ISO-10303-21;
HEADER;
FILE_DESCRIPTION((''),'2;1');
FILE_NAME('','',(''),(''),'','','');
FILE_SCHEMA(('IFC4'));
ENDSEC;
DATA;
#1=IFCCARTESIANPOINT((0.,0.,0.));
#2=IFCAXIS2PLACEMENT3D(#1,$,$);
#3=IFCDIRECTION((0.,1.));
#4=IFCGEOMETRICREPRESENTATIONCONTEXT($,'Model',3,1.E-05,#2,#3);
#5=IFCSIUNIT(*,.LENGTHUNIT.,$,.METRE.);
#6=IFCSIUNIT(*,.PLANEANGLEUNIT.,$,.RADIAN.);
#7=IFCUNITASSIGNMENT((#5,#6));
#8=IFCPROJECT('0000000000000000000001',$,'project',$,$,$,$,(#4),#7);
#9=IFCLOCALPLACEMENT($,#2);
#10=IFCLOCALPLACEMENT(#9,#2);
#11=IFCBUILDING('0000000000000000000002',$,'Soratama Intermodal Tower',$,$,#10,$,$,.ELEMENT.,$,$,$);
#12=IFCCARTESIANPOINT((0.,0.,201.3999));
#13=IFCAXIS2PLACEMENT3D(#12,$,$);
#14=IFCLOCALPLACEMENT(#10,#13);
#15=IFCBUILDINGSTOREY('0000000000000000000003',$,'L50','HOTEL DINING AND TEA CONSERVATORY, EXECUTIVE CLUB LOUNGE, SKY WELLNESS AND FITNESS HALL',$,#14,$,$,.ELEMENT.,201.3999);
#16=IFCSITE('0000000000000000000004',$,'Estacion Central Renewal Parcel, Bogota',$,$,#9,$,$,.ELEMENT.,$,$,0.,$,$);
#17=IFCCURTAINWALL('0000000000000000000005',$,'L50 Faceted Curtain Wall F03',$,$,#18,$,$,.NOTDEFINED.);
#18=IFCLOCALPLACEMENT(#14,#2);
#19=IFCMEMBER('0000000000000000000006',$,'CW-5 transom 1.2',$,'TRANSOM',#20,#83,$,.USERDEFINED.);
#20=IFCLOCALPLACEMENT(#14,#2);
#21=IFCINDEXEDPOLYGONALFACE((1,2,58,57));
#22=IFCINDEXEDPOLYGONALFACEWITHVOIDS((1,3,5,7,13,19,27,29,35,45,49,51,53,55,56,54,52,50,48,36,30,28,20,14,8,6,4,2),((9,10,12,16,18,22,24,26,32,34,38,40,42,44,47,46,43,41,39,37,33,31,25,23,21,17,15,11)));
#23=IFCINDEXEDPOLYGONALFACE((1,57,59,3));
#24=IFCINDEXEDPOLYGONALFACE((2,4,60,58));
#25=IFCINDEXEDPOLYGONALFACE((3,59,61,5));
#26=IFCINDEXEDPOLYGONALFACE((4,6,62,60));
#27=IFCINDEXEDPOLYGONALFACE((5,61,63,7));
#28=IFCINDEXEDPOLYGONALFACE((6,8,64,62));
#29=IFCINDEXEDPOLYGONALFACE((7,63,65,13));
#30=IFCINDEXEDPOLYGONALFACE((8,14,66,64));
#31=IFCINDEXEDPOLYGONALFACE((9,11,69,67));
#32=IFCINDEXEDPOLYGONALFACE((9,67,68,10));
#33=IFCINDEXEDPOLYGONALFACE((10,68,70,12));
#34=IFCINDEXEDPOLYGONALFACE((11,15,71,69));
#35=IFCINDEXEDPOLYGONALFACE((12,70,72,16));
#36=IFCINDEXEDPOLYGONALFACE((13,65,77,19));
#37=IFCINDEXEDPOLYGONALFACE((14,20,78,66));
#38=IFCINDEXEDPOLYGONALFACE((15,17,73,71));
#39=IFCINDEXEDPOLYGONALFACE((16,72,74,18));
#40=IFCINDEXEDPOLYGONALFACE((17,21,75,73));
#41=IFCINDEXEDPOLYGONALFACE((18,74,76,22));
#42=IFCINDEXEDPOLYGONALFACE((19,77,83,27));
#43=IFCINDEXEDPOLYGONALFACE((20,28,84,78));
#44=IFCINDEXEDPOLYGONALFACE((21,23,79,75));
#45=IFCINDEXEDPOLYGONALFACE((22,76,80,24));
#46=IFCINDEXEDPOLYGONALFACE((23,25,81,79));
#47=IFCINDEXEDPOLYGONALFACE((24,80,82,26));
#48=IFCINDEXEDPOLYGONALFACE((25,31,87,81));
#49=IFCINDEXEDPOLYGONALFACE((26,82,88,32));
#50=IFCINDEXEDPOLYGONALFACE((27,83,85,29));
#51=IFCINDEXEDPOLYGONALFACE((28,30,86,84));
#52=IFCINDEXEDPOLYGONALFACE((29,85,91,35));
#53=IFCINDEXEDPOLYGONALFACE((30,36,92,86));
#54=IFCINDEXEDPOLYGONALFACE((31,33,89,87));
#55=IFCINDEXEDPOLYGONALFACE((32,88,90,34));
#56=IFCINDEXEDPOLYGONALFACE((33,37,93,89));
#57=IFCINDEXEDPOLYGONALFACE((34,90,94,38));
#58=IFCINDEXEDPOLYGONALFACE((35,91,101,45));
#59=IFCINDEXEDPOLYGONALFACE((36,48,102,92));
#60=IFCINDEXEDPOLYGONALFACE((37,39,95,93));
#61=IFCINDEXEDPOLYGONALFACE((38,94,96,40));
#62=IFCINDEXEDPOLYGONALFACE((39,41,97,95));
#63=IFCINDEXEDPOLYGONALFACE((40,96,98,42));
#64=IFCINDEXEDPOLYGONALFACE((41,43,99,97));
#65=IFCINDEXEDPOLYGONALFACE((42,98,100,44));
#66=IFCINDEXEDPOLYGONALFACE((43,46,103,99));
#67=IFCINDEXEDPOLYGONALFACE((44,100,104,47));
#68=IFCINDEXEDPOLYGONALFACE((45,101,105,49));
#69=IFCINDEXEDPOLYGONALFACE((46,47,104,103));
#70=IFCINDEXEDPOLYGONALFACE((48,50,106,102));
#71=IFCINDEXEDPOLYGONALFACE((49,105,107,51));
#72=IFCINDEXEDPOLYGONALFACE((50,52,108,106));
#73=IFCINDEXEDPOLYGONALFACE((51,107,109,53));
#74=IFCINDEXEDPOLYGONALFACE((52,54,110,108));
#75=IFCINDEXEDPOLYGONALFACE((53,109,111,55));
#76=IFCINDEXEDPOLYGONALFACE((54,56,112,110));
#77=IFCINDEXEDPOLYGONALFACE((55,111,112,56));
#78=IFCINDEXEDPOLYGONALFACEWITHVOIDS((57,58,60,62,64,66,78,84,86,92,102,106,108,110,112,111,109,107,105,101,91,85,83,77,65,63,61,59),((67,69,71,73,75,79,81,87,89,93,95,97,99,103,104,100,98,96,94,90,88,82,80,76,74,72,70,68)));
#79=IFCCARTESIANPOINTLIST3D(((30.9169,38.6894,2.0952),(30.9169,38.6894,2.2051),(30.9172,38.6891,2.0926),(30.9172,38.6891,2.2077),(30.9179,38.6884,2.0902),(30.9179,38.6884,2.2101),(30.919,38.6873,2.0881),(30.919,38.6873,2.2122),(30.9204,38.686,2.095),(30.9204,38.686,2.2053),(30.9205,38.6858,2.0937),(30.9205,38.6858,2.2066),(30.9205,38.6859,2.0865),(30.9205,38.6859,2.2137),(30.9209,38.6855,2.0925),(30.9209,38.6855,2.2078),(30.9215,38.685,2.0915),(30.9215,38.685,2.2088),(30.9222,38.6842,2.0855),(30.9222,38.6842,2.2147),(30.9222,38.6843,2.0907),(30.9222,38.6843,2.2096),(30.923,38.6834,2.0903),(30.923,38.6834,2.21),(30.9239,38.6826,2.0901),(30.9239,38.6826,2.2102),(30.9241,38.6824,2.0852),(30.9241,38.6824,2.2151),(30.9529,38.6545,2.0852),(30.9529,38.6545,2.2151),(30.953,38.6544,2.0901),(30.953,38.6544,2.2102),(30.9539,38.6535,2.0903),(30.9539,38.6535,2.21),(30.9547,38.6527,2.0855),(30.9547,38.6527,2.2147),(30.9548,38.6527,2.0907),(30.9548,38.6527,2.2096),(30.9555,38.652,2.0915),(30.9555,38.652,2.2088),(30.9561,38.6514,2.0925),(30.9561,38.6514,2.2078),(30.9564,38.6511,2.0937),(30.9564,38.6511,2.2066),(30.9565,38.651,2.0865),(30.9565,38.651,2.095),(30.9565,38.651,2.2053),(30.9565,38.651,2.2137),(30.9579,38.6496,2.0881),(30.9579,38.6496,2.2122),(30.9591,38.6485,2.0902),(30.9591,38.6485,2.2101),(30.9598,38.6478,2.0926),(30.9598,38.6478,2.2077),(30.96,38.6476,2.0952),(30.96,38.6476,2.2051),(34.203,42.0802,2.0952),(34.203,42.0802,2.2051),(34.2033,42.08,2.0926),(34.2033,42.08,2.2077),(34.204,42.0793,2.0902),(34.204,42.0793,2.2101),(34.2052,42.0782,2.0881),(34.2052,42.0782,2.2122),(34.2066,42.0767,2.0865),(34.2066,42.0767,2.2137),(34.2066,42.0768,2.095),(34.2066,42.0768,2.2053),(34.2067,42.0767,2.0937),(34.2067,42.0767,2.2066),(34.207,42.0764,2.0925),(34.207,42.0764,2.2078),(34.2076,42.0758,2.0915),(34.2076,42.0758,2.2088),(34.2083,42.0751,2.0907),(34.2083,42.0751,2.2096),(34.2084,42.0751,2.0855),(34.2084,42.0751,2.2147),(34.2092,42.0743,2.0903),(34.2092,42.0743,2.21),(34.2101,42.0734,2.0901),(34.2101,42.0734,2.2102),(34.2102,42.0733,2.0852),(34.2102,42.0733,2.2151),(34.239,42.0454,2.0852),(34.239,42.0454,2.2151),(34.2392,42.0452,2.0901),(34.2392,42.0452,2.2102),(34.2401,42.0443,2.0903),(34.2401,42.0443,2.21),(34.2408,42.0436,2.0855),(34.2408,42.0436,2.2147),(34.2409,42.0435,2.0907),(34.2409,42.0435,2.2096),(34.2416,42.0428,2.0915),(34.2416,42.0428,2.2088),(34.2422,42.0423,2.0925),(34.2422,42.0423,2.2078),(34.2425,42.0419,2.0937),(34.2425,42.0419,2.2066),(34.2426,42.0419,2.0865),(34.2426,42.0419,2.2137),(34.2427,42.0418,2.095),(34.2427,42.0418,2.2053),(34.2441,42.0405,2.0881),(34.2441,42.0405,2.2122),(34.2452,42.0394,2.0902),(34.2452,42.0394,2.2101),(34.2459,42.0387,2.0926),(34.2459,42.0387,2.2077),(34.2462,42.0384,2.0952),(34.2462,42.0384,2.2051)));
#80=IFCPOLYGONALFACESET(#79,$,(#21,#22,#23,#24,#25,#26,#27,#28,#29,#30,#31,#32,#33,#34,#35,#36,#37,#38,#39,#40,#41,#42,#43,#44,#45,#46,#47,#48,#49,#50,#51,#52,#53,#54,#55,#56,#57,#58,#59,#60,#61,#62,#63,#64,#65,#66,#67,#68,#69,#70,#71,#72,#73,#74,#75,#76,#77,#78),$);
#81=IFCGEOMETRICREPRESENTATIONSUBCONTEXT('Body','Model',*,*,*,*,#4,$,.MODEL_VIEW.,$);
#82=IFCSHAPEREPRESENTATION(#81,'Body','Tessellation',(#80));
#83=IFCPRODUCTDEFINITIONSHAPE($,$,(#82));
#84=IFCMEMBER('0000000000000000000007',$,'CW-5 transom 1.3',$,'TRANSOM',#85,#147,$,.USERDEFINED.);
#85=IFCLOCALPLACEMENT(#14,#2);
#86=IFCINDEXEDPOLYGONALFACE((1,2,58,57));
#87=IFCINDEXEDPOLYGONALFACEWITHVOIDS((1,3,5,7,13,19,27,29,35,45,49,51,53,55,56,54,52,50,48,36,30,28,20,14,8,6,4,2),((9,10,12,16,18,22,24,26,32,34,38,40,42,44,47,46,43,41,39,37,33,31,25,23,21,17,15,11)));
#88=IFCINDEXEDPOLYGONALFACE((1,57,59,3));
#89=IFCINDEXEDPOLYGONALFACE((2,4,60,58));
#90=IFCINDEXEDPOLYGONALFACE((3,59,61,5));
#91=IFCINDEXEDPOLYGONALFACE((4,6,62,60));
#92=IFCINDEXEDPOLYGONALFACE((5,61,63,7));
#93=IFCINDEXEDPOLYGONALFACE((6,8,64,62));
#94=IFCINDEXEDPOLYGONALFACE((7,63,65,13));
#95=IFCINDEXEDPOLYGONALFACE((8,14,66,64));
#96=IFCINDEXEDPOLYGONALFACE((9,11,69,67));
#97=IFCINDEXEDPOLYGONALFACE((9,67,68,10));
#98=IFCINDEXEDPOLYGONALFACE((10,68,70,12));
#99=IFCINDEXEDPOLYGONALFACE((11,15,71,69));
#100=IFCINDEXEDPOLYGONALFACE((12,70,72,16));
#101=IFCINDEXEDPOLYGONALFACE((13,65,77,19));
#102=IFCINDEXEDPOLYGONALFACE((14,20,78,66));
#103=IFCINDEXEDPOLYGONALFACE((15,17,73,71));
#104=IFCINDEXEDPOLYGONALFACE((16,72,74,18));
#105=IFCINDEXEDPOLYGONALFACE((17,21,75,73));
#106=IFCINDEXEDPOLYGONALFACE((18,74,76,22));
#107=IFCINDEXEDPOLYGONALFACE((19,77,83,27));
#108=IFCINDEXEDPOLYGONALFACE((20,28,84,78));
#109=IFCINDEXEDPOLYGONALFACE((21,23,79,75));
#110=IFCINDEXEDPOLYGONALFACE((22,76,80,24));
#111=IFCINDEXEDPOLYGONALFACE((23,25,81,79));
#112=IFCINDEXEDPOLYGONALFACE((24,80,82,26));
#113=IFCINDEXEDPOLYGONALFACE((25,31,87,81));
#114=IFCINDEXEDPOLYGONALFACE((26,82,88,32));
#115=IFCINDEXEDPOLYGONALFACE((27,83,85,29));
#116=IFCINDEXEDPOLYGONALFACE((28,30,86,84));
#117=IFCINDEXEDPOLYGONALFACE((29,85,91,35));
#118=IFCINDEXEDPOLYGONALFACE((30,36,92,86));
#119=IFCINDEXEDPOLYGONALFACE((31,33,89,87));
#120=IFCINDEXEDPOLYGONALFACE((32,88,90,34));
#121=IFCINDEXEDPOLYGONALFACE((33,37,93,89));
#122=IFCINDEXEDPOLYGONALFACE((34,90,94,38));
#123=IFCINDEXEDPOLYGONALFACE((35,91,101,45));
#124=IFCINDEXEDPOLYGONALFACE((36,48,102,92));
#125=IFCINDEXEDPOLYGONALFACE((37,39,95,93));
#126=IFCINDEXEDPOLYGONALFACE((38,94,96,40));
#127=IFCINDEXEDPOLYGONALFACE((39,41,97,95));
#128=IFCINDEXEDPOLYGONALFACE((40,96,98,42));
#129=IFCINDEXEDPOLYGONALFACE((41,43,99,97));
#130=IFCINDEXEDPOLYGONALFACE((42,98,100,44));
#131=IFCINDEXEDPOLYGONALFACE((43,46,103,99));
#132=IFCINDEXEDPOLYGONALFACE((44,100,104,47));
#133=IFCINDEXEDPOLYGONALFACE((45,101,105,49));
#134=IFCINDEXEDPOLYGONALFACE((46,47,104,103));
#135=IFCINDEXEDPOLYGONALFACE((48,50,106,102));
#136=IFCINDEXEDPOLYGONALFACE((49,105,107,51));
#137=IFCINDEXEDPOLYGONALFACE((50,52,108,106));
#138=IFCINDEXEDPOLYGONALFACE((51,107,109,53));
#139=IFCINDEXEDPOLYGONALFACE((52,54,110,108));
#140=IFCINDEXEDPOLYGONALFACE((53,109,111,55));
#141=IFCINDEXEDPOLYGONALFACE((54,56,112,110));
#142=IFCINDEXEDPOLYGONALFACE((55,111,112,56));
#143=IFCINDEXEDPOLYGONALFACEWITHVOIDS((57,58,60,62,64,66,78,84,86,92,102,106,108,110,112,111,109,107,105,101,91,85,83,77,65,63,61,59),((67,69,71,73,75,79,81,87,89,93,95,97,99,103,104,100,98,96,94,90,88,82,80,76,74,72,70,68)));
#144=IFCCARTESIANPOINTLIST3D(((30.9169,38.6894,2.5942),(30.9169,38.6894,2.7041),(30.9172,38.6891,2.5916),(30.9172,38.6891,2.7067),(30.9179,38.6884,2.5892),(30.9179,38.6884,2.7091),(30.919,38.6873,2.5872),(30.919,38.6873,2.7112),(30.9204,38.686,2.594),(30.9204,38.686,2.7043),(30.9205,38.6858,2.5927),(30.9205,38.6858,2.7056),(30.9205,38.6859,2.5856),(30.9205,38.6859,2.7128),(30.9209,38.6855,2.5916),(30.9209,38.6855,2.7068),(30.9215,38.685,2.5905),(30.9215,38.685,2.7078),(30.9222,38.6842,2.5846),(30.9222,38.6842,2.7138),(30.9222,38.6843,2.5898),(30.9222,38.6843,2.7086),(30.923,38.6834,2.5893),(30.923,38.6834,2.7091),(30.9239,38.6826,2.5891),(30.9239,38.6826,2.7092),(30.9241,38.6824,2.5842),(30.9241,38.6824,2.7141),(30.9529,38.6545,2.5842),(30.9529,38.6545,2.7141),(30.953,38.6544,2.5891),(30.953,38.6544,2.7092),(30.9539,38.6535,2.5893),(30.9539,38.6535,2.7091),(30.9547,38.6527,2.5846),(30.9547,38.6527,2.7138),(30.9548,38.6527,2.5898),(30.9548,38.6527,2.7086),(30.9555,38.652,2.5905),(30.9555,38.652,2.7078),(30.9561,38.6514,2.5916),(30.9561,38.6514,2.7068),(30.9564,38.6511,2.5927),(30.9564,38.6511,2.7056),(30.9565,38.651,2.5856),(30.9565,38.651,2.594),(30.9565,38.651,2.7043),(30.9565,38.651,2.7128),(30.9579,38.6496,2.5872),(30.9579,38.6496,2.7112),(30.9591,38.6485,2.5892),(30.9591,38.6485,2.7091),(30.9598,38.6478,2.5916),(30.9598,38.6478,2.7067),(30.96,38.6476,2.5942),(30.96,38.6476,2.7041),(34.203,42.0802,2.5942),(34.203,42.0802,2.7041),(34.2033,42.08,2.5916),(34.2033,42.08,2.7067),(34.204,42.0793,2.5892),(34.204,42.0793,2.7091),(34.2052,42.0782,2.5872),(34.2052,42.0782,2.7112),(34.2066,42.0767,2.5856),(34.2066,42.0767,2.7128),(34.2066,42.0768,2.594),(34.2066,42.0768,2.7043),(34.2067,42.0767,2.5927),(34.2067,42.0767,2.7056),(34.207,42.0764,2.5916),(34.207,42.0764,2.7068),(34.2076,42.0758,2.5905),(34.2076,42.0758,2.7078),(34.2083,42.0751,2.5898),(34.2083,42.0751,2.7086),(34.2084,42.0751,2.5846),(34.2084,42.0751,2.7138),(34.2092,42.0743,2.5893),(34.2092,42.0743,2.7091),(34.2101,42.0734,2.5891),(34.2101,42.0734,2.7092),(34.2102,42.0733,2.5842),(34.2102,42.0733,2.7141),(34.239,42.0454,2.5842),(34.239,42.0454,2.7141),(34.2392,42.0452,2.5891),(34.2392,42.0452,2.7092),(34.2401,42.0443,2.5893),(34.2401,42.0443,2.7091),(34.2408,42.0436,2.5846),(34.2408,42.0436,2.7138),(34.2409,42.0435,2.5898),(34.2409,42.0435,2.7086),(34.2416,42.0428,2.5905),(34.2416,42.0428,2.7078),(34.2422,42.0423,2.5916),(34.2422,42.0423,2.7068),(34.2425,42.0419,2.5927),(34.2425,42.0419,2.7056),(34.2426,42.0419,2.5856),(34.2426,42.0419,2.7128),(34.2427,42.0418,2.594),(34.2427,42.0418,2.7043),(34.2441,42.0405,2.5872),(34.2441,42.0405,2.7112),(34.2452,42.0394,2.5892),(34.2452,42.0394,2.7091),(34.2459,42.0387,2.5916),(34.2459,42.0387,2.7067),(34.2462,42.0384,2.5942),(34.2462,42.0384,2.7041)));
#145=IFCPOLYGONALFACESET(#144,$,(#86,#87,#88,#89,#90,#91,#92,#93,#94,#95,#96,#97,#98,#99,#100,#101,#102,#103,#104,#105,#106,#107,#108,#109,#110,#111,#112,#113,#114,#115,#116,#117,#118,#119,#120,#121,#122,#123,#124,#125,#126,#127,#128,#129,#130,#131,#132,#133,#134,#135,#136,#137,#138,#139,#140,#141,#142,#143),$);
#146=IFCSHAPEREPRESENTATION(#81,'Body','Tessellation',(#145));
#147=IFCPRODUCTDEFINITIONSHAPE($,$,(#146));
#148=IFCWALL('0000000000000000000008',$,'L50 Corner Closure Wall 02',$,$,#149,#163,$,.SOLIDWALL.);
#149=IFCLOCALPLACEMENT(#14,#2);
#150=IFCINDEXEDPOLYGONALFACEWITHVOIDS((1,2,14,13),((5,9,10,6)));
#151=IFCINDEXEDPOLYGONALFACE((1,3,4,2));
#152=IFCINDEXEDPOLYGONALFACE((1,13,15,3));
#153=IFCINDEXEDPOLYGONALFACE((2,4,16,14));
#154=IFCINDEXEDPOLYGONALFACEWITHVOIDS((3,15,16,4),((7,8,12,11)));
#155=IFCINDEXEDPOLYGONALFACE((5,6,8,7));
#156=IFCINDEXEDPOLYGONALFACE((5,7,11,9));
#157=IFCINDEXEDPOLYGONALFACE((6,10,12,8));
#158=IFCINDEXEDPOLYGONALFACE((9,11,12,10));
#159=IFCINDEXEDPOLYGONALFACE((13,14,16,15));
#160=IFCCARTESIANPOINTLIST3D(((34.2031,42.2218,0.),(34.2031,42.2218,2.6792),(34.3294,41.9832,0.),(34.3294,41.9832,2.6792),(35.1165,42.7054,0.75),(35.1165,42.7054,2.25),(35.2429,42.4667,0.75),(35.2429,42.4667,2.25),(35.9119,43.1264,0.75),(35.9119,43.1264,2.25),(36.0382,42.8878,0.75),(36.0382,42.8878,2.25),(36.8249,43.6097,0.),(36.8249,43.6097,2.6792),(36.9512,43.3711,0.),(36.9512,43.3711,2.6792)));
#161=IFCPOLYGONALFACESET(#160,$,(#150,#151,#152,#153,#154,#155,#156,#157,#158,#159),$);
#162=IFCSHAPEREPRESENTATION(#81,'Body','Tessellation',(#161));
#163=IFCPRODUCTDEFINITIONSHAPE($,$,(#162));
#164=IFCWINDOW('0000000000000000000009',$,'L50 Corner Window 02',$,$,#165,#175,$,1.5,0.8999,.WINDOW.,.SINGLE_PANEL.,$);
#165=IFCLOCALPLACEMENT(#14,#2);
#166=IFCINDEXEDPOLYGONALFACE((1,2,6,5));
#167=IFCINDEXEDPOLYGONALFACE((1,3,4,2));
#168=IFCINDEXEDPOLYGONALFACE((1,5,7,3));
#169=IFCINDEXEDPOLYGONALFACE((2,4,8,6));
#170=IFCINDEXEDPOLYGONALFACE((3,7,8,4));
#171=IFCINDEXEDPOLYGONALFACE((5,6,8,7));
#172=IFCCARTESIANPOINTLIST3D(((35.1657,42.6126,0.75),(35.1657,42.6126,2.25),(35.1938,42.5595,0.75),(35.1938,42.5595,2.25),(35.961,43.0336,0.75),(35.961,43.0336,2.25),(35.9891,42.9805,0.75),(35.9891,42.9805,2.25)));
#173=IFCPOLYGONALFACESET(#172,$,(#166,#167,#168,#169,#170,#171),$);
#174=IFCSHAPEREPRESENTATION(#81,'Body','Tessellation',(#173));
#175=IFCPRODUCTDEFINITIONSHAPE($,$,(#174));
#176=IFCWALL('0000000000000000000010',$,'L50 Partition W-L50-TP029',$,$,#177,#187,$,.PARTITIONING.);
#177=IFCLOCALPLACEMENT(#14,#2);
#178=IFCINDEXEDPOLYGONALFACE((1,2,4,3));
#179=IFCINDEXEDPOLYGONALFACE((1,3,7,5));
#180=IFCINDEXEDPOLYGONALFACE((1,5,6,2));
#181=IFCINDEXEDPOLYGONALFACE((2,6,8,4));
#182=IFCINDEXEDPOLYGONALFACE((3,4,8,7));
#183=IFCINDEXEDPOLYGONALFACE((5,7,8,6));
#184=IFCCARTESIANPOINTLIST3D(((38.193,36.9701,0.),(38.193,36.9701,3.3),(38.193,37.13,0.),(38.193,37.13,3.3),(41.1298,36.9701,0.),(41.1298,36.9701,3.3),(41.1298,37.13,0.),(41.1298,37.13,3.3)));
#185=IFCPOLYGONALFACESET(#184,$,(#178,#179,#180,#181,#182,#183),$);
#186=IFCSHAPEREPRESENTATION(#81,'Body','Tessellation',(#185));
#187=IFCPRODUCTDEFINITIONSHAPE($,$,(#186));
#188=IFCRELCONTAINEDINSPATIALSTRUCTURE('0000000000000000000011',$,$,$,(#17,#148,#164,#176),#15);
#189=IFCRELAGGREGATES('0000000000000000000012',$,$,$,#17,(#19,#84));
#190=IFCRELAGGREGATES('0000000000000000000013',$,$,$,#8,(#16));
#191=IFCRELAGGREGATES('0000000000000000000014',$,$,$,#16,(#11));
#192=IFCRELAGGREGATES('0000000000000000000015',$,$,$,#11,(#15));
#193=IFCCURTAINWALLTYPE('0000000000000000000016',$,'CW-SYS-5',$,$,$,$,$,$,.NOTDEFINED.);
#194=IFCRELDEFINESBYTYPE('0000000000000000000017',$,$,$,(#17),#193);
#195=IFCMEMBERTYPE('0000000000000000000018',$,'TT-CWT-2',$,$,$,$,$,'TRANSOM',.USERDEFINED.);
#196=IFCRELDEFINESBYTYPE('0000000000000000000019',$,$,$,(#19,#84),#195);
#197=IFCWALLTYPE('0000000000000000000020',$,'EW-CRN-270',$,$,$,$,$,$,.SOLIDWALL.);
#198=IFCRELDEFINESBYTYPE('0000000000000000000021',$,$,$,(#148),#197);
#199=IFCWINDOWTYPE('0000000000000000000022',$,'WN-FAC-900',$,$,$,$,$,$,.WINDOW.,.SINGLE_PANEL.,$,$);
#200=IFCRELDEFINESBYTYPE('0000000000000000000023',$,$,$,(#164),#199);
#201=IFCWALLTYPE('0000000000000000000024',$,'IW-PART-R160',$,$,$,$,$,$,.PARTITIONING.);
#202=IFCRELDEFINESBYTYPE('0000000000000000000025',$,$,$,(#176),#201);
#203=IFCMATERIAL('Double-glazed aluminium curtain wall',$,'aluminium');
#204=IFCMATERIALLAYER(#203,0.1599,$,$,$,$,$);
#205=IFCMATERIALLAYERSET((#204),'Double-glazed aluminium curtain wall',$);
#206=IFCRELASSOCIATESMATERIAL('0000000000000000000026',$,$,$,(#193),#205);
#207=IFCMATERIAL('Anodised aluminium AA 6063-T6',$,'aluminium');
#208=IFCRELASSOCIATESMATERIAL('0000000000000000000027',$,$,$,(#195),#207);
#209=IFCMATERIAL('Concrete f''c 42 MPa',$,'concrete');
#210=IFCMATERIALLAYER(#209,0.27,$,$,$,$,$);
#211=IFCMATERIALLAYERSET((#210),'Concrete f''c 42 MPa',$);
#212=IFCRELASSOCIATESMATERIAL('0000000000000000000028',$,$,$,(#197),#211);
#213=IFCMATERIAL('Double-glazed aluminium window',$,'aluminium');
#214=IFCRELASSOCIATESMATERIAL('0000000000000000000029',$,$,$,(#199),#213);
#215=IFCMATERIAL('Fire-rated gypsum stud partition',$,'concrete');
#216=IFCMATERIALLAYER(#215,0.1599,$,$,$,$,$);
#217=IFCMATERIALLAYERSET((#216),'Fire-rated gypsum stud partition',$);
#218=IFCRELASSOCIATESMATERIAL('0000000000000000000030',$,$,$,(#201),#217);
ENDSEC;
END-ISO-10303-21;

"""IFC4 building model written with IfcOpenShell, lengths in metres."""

from ifc_helpers import new_model, si_unit, direction, frame, frame_2d, origin, origin_2d, place, context, subcontext, project, spatial, rectangle, hollow_rectangle, extrude, material, layer, layer_set, material_profile, profile_set, type_object, element, fill, aggregate, save


model = new_model("IFC4")

# Units and contexts
model_context = context("Model", 3, precision=1e-05, world=origin(), true_north=direction((0.0, 1.0)))
body_context = subcontext(model_context, "Body", "Model", "MODEL_VIEW")
ifc_project = project(units=[si_unit("LENGTHUNIT", "METRE"), si_unit("PLANEANGLEUNIT", "RADIAN")], contexts=[model_context])

# Site, building, storey
site_placement = place(None, origin())
site = spatial("IfcSite", under=ifc_project, at=site_placement, Name="Estacion Central Renewal Parcel, Bogota", CompositionType="ELEMENT", RefElevation=0.0)
building_placement = place(site_placement, origin())
building = spatial("IfcBuilding", under=site, at=building_placement, Name="Soratama Intermodal Tower", CompositionType="ELEMENT")
storey_placement = place(building_placement, frame((0.0, 0.0, 201.3999)))
storey = spatial("IfcBuildingStorey", under=building, at=storey_placement, Name="L50", Description="HOTEL DINING AND TEA CONSERVATORY, EXECUTIVE CLUB LOUNGE, SKY WELLNESS AND FITNESS HALL", CompositionType="ELEMENT", Elevation=201.3999)

# Curtain wall, members
ifc_material_1 = material(Name="Double-glazed aluminium curtain wall", Category="aluminium")
ifc_layer_1 = layer(ifc_material_1, 0.1599)
ifc_layer_set_1 = layer_set([ifc_layer_1], Name="Double-glazed aluminium curtain wall")
curtain_wall_type = type_object("IfcCurtainWallType", Name="CW-SYS-5", PredefinedType="NOTDEFINED", material=ifc_layer_set_1)
curtain_wall_placement = place(storey_placement, origin())
curtain_wall = element("IfcCurtainWall", 1, at=curtain_wall_placement, inside=storey, type_object=curtain_wall_type, Name="L50 Faceted Curtain Wall F03", PredefinedType="NOTDEFINED")
ifc_material_2 = material(Name="Anodised aluminium AA 6063-T6", Category="aluminium")
ifc_material_profile_1 = material_profile(ifc_material_2, hollow_rectangle(XDim=0.0601, YDim=0.1299, WallThickness=0.0049, InnerFilletRadius=0.0049, OuterFilletRadius=0.01, at=origin_2d()), Name="CWT130X60X5")
ifc_profile_set_1 = profile_set([ifc_material_profile_1], Name="Anodised aluminium AA 6063-T6")
member_type_1 = type_object("IfcMemberType", Name="TT-CWT-2", ElementType="TRANSOM", PredefinedType="USERDEFINED", material=ifc_profile_set_1)
member_1_placement = place(storey_placement, frame((34.2246, 42.0593, 2.1501), z_axis=(-0.695929, -0.71811, 0.0), x_axis=(0.71811, -0.695929, 0.0)))
member_1 = element("IfcMember", 2, at=member_1_placement, type_object=member_type_1, Name="CW-5 transom 1.2", ObjectType="TRANSOM", PredefinedType="USERDEFINED", context=body_context, shape_type="SweptSolid", body=[
    extrude(hollow_rectangle(XDim=0.0601, YDim=0.1299, WallThickness=0.0049, InnerFilletRadius=0.0049, OuterFilletRadius=0.01, at=origin_2d()), origin(), (0.0, 0.0, 1.0), 4.7219),
])
member_2_placement = place(storey_placement, frame((34.2246, 42.0593, 2.6492), z_axis=(-0.695929, -0.71811, 0.0), x_axis=(0.71811, -0.695929, 0.0)))
member_2 = element("IfcMember", 3, at=member_2_placement, type_object=member_type_1, Name="CW-5 transom 1.3", ObjectType="TRANSOM", PredefinedType="USERDEFINED", context=body_context, shape_type="SweptSolid", body=[
    extrude(hollow_rectangle(XDim=0.0601, YDim=0.1299, WallThickness=0.0049, InnerFilletRadius=0.0049, OuterFilletRadius=0.01, at=origin_2d()), origin(), (0.0, 0.0, 1.0), 4.7219),
])
aggregate(curtain_wall, [member_1, member_2])

# Wall, opening, window
ifc_material_3 = material(Name="Concrete f'c 42 MPa", Category="concrete")
ifc_layer_2 = layer(ifc_material_3, 0.27)
ifc_layer_set_2 = layer_set([ifc_layer_2], Name="Concrete f'c 42 MPa")
wall_type_1 = type_object("IfcWallType", Name="EW-CRN-270", PredefinedType="SOLIDWALL", material=ifc_layer_set_2)
wall_1_placement = place(storey_placement, frame((36.8882, 43.4905, 0.0), z_axis=(0.0, 0.0, 1.0), x_axis=(-0.8838, -0.467865, 0.0)))
wall_1 = element("IfcWall", 4, at=wall_1_placement, inside=storey, type_object=wall_type_1, Name="L50 Corner Closure Wall 02", PredefinedType="SOLIDWALL", context=body_context, shape_type="SweptSolid", body=[
    extrude(rectangle(XDim=2.9666, YDim=0.27, at=frame_2d((1.4834, 0.0))), origin(), (0.0, 0.0, 1.0), 2.6792),
])
opening_1_placement = place(wall_1_placement, frame((1.0332, 0.0, 0.75)))
opening_1 = element("IfcOpeningElement", 5, at=opening_1_placement, cuts=wall_1, PredefinedType="OPENING", context=body_context, shape_type="SweptSolid", body=[
    extrude(rectangle(XDim=0.8999, YDim=1.5, at=frame_2d((0.45, 0.75))), frame((0.0, 0.145, 0.0), z_axis=(0.0, -1.0, 0.0), x_axis=(1.0, 0.0, 0.0)), (0.0, 0.0, 1.0), 0.29),
])
ifc_material_4 = material(Name="Double-glazed aluminium window", Category="aluminium")
window_type = type_object("IfcWindowType", Name="WN-FAC-900", PartitioningType="SINGLE_PANEL", PredefinedType="WINDOW", material=ifc_material_4)
window_placement = place(opening_1_placement, origin())
window = element("IfcWindow", 6, at=window_placement, inside=storey, type_object=window_type, Name="L50 Corner Window 02", OverallHeight=1.5, OverallWidth=0.8999, PartitioningType="SINGLE_PANEL", PredefinedType="WINDOW", context=body_context, shape_type="SweptSolid", body=[
    extrude(rectangle(XDim=0.8999, YDim=1.5, at=frame_2d((0.45, 0.75))), frame((0.0, 0.03, 0.0), z_axis=(0.0, -1.0, 0.0), x_axis=(1.0, 0.0, 0.0)), (0.0, 0.0, 1.0), 0.0601),
])
fill(opening_1, window)

# Shared definitions
ifc_material_5 = material(Name="Fire-rated gypsum stud partition", Category="concrete")
ifc_layer_3 = layer(ifc_material_5, 0.1599)
ifc_layer_set_3 = layer_set([ifc_layer_3], Name="Fire-rated gypsum stud partition")
wall_type_2 = type_object("IfcWallType", Name="IW-PART-R160", PredefinedType="PARTITIONING", material=ifc_layer_set_3)

# Wall
wall_2_placement = place(storey_placement, frame((38.1931, 37.05, 0.0), z_axis=(0.0, 0.0, 1.0), x_axis=(1.0, 0.0, 0.0)))
element("IfcWall", 7, at=wall_2_placement, inside=storey, type_object=wall_type_2, Name="L50 Partition W-L50-TP029", PredefinedType="PARTITIONING", context=body_context, shape_type="SweptSolid", body=[
    extrude(rectangle(XDim=2.9368, YDim=0.1599, at=frame_2d((1.4683, 0.0))), origin(), (0.0, 0.0, 1.0), 3.3),
])

save(model, "model.ifc")
